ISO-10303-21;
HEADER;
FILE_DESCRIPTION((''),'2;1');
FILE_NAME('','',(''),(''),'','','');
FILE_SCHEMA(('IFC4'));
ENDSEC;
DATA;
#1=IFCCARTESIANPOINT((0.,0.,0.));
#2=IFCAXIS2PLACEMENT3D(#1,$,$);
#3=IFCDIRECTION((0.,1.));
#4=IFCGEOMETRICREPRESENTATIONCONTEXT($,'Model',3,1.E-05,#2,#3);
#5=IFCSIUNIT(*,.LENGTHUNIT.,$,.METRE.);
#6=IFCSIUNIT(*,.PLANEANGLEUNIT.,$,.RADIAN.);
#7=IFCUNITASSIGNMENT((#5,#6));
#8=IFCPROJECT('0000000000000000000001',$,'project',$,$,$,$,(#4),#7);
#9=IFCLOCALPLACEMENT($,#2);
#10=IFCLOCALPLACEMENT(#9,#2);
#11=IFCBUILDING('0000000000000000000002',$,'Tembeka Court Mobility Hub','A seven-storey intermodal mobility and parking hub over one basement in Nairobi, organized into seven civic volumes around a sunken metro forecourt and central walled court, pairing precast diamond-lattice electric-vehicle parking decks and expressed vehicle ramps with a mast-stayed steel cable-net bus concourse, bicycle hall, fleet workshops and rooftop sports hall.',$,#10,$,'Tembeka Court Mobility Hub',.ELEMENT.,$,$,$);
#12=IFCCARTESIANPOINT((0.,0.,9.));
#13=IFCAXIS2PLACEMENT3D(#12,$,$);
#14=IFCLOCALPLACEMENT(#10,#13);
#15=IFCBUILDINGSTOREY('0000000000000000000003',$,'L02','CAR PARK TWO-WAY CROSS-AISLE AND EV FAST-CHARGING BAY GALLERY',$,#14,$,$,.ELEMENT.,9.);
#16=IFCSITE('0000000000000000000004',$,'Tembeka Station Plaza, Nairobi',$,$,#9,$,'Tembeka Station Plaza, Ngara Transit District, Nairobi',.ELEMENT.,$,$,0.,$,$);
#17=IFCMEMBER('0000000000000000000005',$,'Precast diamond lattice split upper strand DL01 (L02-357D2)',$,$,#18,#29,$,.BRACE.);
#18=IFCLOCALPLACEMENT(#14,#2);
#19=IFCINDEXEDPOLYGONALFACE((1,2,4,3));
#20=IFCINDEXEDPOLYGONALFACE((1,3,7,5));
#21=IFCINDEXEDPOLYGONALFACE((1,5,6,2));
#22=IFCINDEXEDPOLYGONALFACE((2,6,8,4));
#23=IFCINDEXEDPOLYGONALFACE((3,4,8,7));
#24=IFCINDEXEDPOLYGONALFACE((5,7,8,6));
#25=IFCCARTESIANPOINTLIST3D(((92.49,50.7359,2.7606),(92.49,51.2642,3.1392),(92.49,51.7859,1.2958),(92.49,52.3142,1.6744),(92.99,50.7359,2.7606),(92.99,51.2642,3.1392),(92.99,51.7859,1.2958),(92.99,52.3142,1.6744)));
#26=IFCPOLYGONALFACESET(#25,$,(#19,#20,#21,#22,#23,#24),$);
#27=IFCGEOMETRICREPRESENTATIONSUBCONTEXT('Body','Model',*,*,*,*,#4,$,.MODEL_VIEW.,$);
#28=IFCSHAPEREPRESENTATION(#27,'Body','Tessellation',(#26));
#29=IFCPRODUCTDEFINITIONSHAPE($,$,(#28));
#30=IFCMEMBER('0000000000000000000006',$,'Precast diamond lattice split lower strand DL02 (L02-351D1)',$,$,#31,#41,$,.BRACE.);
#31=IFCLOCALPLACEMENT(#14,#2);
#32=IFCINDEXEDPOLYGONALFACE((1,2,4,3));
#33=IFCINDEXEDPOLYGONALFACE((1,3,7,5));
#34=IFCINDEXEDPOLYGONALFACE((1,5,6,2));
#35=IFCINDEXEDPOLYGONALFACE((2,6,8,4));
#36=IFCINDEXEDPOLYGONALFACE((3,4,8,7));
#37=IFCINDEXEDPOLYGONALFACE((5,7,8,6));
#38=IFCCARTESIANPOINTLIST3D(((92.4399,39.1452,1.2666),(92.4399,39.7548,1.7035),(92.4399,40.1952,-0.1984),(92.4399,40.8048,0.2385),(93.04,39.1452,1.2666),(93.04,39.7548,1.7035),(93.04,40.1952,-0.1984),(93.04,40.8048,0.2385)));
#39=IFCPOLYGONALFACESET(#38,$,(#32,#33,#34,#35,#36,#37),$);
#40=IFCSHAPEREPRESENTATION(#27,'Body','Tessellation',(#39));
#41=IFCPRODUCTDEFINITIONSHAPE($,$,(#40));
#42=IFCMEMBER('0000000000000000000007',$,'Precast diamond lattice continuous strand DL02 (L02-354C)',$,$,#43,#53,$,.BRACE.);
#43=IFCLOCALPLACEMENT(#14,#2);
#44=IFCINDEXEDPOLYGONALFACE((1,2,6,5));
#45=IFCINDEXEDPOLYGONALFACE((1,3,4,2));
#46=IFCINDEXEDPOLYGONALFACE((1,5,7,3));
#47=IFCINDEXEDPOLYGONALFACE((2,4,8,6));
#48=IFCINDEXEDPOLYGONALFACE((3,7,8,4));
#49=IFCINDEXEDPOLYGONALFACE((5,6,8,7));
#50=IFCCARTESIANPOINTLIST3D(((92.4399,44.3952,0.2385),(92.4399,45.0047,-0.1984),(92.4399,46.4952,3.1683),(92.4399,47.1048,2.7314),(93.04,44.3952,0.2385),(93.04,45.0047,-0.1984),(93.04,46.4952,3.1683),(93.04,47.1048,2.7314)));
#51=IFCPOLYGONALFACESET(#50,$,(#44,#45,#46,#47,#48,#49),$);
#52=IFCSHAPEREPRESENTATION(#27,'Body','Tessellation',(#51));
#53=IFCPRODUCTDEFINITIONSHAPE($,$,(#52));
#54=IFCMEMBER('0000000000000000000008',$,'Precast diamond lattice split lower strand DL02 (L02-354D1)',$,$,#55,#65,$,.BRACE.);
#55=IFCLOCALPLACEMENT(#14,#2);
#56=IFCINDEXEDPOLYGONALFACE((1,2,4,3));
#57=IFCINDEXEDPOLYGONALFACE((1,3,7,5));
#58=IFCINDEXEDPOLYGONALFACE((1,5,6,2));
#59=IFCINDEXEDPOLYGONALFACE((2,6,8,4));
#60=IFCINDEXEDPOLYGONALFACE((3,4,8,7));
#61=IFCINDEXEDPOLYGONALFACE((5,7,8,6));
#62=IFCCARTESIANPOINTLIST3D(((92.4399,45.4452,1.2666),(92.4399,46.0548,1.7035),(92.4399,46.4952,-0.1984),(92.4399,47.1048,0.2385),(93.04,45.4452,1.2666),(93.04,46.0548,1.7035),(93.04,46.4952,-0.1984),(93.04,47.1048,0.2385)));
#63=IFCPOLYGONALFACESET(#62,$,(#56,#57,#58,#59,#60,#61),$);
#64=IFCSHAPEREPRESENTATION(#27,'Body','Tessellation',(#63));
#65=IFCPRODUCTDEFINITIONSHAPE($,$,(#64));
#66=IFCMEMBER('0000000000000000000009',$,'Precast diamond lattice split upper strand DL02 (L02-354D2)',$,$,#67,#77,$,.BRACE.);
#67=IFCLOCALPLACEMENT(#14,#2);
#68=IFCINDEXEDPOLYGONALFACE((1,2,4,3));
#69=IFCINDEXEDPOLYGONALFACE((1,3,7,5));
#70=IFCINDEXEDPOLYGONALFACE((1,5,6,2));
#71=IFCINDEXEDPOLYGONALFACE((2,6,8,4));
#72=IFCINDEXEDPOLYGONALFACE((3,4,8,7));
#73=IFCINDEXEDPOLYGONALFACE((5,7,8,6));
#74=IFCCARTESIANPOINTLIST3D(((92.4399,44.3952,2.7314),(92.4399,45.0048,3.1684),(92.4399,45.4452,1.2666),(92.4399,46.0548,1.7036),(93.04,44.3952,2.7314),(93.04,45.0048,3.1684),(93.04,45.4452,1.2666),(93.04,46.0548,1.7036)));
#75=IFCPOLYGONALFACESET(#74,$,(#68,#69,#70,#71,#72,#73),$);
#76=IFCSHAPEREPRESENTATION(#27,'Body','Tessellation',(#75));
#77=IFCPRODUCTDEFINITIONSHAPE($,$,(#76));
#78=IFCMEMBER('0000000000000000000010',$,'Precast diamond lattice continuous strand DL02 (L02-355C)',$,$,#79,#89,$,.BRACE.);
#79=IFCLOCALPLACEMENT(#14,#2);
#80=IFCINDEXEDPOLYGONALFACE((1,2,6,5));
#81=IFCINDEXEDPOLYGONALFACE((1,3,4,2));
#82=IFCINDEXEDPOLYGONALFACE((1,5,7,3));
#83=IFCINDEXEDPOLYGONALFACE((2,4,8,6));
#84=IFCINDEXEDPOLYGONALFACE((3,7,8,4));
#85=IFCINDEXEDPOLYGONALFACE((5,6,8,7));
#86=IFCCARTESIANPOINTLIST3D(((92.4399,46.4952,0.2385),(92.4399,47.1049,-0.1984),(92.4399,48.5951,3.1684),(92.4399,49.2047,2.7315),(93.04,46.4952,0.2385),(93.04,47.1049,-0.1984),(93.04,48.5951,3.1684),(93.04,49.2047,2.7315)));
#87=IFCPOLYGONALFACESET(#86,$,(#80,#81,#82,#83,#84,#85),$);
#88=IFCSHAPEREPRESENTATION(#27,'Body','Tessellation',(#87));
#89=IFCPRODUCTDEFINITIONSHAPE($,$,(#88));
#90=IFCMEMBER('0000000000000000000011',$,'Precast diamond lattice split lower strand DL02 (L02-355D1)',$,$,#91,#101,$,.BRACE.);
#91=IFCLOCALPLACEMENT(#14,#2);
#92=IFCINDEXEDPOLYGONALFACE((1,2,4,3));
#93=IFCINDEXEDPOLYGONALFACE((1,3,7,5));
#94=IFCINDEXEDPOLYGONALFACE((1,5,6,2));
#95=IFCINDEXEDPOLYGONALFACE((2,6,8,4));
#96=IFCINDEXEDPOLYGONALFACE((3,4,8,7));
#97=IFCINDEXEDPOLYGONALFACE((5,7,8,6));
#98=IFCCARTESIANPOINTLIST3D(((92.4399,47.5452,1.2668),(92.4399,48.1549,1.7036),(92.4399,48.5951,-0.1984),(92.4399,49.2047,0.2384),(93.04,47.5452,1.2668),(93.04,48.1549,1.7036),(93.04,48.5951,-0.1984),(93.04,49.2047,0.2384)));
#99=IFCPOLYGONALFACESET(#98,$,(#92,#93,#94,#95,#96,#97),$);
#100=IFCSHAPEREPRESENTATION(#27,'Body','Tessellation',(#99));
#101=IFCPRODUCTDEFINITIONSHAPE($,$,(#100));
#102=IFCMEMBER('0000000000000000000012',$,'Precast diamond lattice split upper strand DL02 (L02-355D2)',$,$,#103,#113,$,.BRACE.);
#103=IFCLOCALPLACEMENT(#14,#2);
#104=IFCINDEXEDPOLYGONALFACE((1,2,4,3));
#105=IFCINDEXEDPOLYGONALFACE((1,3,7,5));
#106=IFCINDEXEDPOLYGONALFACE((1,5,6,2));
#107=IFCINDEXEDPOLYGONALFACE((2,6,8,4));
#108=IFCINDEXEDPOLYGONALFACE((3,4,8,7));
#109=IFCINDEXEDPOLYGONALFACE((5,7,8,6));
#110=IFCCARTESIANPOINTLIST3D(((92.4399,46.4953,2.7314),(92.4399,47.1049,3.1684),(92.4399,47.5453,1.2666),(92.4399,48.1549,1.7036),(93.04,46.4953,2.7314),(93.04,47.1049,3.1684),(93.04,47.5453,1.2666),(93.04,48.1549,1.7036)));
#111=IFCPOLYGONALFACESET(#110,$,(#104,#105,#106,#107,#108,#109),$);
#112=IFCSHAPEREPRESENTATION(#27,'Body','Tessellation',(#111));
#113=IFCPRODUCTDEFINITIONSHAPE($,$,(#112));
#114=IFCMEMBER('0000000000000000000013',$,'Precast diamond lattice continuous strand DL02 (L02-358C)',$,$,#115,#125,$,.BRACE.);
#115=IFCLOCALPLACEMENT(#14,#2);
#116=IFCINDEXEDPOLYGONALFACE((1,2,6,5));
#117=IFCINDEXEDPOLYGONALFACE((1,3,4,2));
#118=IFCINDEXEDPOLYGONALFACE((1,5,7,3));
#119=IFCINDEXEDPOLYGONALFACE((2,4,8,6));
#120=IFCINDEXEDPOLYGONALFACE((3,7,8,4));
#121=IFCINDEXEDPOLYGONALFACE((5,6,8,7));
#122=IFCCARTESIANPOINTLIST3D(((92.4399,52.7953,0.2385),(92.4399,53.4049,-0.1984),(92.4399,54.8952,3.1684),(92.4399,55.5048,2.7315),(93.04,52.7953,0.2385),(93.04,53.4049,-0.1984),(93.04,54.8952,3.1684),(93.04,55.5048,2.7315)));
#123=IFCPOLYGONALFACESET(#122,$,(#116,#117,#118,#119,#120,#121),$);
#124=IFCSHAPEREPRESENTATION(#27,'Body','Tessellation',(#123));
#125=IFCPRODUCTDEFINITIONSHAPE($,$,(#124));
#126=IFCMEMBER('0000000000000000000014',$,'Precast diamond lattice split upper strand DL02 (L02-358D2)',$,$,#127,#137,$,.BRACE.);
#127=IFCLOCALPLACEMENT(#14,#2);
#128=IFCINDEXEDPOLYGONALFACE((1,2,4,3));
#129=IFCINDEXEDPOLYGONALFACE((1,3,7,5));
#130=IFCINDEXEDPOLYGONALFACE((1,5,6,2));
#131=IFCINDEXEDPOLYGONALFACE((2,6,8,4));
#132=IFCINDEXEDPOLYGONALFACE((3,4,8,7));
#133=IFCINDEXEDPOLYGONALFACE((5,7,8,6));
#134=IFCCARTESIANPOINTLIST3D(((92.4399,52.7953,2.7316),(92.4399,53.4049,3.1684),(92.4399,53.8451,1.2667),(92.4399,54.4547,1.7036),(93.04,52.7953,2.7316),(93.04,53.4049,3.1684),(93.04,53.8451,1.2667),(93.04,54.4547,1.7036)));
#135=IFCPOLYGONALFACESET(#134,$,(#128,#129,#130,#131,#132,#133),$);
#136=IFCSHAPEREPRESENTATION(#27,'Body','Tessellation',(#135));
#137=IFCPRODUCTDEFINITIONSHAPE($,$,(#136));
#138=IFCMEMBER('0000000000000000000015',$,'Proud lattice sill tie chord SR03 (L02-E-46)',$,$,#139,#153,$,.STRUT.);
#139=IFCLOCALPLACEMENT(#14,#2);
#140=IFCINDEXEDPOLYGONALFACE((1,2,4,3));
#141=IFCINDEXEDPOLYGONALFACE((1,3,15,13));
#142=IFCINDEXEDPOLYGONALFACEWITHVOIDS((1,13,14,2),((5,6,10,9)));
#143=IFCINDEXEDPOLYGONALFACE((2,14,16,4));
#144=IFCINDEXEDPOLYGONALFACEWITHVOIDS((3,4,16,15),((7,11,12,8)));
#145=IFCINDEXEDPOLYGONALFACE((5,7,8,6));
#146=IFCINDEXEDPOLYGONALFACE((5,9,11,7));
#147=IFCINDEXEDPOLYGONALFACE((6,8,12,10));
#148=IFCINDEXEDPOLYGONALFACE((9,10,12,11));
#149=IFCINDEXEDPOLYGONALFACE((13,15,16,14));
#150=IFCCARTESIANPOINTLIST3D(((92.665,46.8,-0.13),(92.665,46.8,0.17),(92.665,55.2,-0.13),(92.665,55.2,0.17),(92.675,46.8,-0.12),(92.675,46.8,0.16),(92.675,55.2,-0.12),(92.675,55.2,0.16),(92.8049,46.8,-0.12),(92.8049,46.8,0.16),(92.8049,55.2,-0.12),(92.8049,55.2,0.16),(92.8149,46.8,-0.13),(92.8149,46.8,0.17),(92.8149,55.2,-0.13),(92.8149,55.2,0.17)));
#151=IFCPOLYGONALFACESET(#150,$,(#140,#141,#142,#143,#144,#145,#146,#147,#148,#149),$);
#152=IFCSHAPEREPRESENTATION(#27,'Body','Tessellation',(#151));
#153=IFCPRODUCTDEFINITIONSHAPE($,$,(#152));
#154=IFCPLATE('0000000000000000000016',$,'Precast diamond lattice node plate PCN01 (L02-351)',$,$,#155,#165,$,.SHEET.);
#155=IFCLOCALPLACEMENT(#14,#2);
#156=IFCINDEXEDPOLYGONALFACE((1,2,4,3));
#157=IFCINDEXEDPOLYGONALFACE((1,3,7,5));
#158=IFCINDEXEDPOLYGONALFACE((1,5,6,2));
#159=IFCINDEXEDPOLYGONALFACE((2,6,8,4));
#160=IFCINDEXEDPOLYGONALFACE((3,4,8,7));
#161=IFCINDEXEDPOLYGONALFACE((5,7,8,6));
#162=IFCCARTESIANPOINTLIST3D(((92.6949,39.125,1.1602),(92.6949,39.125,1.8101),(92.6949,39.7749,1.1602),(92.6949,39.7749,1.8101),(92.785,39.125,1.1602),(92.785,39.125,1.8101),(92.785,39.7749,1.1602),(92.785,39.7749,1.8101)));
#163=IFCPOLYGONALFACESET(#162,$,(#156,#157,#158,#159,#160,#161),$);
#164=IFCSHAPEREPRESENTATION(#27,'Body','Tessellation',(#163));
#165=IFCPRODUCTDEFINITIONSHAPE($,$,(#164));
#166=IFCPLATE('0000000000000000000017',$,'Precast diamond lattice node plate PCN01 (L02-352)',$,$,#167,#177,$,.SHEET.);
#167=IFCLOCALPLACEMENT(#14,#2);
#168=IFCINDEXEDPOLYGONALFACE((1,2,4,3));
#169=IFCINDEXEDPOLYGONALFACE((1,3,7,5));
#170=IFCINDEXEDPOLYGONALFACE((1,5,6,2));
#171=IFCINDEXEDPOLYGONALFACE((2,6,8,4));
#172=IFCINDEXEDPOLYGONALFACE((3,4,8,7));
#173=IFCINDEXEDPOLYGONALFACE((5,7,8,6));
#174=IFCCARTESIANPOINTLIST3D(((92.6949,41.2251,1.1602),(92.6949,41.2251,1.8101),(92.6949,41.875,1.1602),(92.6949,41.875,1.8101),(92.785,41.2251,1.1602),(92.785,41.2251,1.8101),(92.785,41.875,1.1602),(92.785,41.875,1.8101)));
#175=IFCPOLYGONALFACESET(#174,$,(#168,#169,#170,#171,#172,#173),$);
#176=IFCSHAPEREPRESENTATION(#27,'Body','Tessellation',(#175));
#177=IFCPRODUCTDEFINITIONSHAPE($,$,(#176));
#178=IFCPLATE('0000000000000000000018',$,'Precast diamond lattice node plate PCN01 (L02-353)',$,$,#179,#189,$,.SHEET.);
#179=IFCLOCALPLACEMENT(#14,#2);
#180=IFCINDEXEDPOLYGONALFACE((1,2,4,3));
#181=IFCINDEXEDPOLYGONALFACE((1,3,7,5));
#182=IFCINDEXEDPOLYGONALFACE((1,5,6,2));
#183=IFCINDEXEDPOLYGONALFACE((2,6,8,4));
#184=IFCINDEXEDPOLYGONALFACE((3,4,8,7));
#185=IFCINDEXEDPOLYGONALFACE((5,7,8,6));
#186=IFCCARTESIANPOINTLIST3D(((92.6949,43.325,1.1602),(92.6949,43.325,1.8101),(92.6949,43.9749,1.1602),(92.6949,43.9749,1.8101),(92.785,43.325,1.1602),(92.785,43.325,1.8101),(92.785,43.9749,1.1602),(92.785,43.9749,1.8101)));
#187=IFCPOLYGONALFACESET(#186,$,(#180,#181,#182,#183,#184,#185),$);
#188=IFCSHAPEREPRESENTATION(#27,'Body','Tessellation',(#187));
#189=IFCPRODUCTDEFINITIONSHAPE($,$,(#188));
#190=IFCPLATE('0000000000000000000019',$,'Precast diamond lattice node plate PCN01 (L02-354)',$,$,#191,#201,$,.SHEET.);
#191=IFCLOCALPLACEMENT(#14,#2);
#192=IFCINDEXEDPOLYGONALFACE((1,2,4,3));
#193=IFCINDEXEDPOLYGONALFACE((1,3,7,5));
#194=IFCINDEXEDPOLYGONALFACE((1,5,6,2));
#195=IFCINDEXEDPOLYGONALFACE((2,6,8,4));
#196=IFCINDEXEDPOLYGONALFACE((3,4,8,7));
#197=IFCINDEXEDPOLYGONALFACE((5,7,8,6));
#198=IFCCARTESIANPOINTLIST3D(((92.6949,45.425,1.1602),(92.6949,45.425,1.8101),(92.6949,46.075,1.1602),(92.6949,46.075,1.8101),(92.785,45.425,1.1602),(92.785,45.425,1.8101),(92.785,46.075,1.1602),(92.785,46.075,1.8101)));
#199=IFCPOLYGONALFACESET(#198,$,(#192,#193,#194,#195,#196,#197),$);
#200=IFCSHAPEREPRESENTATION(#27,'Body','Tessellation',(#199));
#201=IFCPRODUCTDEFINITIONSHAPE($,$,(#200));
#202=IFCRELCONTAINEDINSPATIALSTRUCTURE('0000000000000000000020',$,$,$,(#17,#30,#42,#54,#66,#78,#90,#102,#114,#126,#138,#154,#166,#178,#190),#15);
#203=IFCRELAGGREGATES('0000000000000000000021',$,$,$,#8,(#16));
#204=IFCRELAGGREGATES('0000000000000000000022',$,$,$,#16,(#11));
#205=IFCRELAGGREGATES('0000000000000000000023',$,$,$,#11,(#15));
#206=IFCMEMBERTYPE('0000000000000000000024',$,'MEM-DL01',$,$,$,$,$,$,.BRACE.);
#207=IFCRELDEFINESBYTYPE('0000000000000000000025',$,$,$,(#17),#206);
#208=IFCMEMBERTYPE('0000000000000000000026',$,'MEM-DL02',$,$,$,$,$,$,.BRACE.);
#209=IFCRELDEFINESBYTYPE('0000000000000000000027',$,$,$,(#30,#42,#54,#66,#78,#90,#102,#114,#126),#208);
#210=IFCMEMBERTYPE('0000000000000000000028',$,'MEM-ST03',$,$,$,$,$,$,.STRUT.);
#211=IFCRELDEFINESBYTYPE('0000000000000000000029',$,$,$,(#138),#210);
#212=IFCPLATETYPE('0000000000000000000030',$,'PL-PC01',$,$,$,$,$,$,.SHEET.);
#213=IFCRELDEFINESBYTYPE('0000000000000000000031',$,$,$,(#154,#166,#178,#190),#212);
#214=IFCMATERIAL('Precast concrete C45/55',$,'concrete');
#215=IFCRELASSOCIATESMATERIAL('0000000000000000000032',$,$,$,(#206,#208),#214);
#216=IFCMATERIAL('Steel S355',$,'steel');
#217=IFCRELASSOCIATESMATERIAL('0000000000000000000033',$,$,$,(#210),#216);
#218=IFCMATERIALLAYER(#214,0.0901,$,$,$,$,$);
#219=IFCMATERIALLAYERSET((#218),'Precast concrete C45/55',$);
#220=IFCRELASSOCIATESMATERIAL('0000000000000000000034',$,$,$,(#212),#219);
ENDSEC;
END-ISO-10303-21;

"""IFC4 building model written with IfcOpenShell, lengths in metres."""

from ifc_helpers import new_model, si_unit, direction, frame, origin, origin_2d, place, context, subcontext, project, spatial, rectangle, hollow_rectangle, extrude, material, layer, layer_set, material_profile, profile_set, type_object, element, save


model = new_model("IFC4")

# Units and contexts
model_context = context("Model", 3, precision=1e-05, world=origin(), true_north=direction((0.0, 1.0)))
body_context = subcontext(model_context, "Body", "Model", "MODEL_VIEW")
ifc_project = project(units=[si_unit("LENGTHUNIT", "METRE"), si_unit("PLANEANGLEUNIT", "RADIAN")], contexts=[model_context])

# Site, building, storey
site_placement = place(None, origin())
site = spatial("IfcSite", under=ifc_project, at=site_placement, Name="Tembeka Station Plaza, Nairobi", LongName="Tembeka Station Plaza, Ngara Transit District, Nairobi", CompositionType="ELEMENT", RefElevation=0.0)
building_placement = place(site_placement, origin())
building = spatial("IfcBuilding", under=site, at=building_placement, Name="Tembeka Court Mobility Hub", Description="A seven-storey intermodal mobility and parking hub over one basement in Nairobi, organized into seven civic volumes around a sunken metro forecourt and central walled court, pairing precast diamond-lattice electric-vehicle parking decks and expressed vehicle ramps with a mast-stayed steel cable-net bus concourse, bicycle hall, fleet workshops and rooftop sports hall.", LongName="Tembeka Court Mobility Hub", CompositionType="ELEMENT")
storey_placement = place(building_placement, frame((0.0, 0.0, 9.0)))
storey = spatial("IfcBuildingStorey", under=building, at=storey_placement, Name="L02", Description="CAR PARK TWO-WAY CROSS-AISLE AND EV FAST-CHARGING BAY GALLERY", CompositionType="ELEMENT", Elevation=9.0)

# Shared definitions
ifc_material_1 = material(Name="Steel S355", Category="steel")

# Members
ifc_material_2 = material(Name="Precast concrete C45/55", Category="concrete")
ifc_material_profile_1 = material_profile(ifc_material_2, rectangle(XDim=0.5, YDim=0.6499, at=origin_2d()), Name="PC-DIAG 500x650")
ifc_profile_set_1 = profile_set([ifc_material_profile_1], Name="Precast concrete C45/55")
member_type_1 = type_object("IfcMemberType", Name="MEM-DL01", PredefinedType="BRACE", material=ifc_profile_set_1)
member_1_placement = place(storey_placement, frame((92.74, 52.05, 1.4851), z_axis=(0.0, -0.582608, 0.812753), x_axis=(1.0, 0.0, 0.0)))
element("IfcMember", 1, at=member_1_placement, inside=storey, type_object=member_type_1, Name="Precast diamond lattice split upper strand DL01 (L02-357D2)", PredefinedType="BRACE", context=body_context, shape_type="SweptSolid", body=[
    extrude(rectangle(XDim=0.5, YDim=0.6499, at=origin_2d()), origin(), (0.0, 0.0, 1.0), 1.8022),
])
ifc_material_profile_2 = material_profile(ifc_material_2, rectangle(XDim=0.6001, YDim=0.75, at=origin_2d()), Name="PC-DIAG 600x750")
ifc_profile_set_2 = profile_set([ifc_material_profile_2], Name="Precast concrete C45/55")
member_type_2 = type_object("IfcMemberType", Name="MEM-DL02", PredefinedType="BRACE", material=ifc_profile_set_2)
member_2_placement = place(storey_placement, frame((92.74, 40.5, 0.02), z_axis=(0.0, -0.582544, 0.812799), x_axis=(1.0, 0.0, 0.0)))
element("IfcMember", 2, at=member_2_placement, inside=storey, type_object=member_type_2, Name="Precast diamond lattice split lower strand DL02 (L02-351D1)", PredefinedType="BRACE", context=body_context, shape_type="SweptSolid", body=[
    extrude(rectangle(XDim=0.6001, YDim=0.75, at=origin_2d()), origin(), (0.0, 0.0, 1.0), 1.8025),
])
member_3_placement = place(storey_placement, frame((92.74, 44.7, 0.02), z_axis=(0.0, 0.582576, 0.812776), x_axis=(-1.0, 0.0, 0.0)))
element("IfcMember", 3, at=member_3_placement, inside=storey, type_object=member_type_2, Name="Precast diamond lattice continuous strand DL02 (L02-354C)", PredefinedType="BRACE", context=body_context, shape_type="SweptSolid", body=[
    extrude(rectangle(XDim=0.6001, YDim=0.75, at=origin_2d()), origin(), (0.0, 0.0, 1.0), 3.6047),
])
member_4_placement = place(storey_placement, frame((92.74, 46.8, 0.02), z_axis=(0.0, -0.582544, 0.812799), x_axis=(1.0, 0.0, 0.0)))
element("IfcMember", 4, at=member_4_placement, inside=storey, type_object=member_type_2, Name="Precast diamond lattice split lower strand DL02 (L02-354D1)", PredefinedType="BRACE", context=body_context, shape_type="SweptSolid", body=[
    extrude(rectangle(XDim=0.6001, YDim=0.75, at=origin_2d()), origin(), (0.0, 0.0, 1.0), 1.8025),
])
member_5_placement = place(storey_placement, frame((92.74, 45.75, 1.4851), z_axis=(0.0, -0.582608, 0.812753), x_axis=(1.0, 0.0, 0.0)))
element("IfcMember", 5, at=member_5_placement, inside=storey, type_object=member_type_2, Name="Precast diamond lattice split upper strand DL02 (L02-354D2)", PredefinedType="BRACE", context=body_context, shape_type="SweptSolid", body=[
    extrude(rectangle(XDim=0.6001, YDim=0.75, at=origin_2d()), origin(), (0.0, 0.0, 1.0), 1.8022),
])
member_6_placement = place(storey_placement, frame((92.74, 46.8, 0.02), z_axis=(0.0, 0.582532, 0.812808), x_axis=(-1.0, 0.0, 0.0)))
element("IfcMember", 6, at=member_6_placement, inside=storey, type_object=member_type_2, Name="Precast diamond lattice continuous strand DL02 (L02-355C)", PredefinedType="BRACE", context=body_context, shape_type="SweptSolid", body=[
    extrude(rectangle(XDim=0.6001, YDim=0.75, at=origin_2d()), origin(), (0.0, 0.0, 1.0), 3.6047),
])
member_7_placement = place(storey_placement, frame((92.74, 48.8999, 0.02), z_axis=(0.0, -0.582455, 0.812863), x_axis=(1.0, 0.0, 0.0)))
element("IfcMember", 7, at=member_7_placement, inside=storey, type_object=member_type_2, Name="Precast diamond lattice split lower strand DL02 (L02-355D1)", PredefinedType="BRACE", context=body_context, shape_type="SweptSolid", body=[
    extrude(rectangle(XDim=0.6001, YDim=0.75, at=origin_2d()), origin(), (0.0, 0.0, 1.0), 1.8025),
])
member_8_placement = place(storey_placement, frame((92.74, 47.8501, 1.4851), z_axis=(0.0, -0.582608, 0.812753), x_axis=(1.0, 0.0, 0.0)))
element("IfcMember", 8, at=member_8_placement, inside=storey, type_object=member_type_2, Name="Precast diamond lattice split upper strand DL02 (L02-355D2)", PredefinedType="BRACE", context=body_context, shape_type="SweptSolid", body=[
    extrude(rectangle(XDim=0.6001, YDim=0.75, at=origin_2d()), origin(), (0.0, 0.0, 1.0), 1.8022),
])
member_9_placement = place(storey_placement, frame((92.74, 53.1001, 0.02), z_axis=(0.0, 0.582532, 0.812808), x_axis=(-1.0, 0.0, 0.0)))
element("IfcMember", 9, at=member_9_placement, inside=storey, type_object=member_type_2, Name="Precast diamond lattice continuous strand DL02 (L02-358C)", PredefinedType="BRACE", context=body_context, shape_type="SweptSolid", body=[
    extrude(rectangle(XDim=0.6001, YDim=0.75, at=origin_2d()), origin(), (0.0, 0.0, 1.0), 3.6047),
])
member_10_placement = place(storey_placement, frame((92.74, 54.1499, 1.4851), z_axis=(0.0, -0.582519, 0.812817), x_axis=(1.0, 0.0, 0.0)))
element("IfcMember", 10, at=member_10_placement, inside=storey, type_object=member_type_2, Name="Precast diamond lattice split upper strand DL02 (L02-358D2)", PredefinedType="BRACE", context=body_context, shape_type="SweptSolid", body=[
    extrude(rectangle(XDim=0.6001, YDim=0.75, at=origin_2d()), origin(), (0.0, 0.0, 1.0), 1.8022),
])
ifc_material_profile_3 = material_profile(ifc_material_1, hollow_rectangle(XDim=0.1499, YDim=0.3, WallThickness=0.01, at=origin_2d()), Name="RHS 300x150x10")
ifc_profile_set_3 = profile_set([ifc_material_profile_3], Name="Steel S355")
member_type_3 = type_object("IfcMemberType", Name="MEM-ST03", PredefinedType="STRUT", material=ifc_profile_set_3)
member_11_placement = place(storey_placement, frame((92.74, 46.8, 0.02), z_axis=(0.0, 1.0, 0.0), x_axis=(-1.0, 0.0, 0.0)))
element("IfcMember", 11, at=member_11_placement, inside=storey, type_object=member_type_3, Name="Proud lattice sill tie chord SR03 (L02-E-46)", PredefinedType="STRUT", context=body_context, shape_type="SweptSolid", body=[
    extrude(hollow_rectangle(XDim=0.1499, YDim=0.3, WallThickness=0.01, at=origin_2d()), origin(), (0.0, 0.0, 1.0), 8.3999),
])

# Plates
ifc_layer_1 = layer(ifc_material_2, 0.0901)
ifc_layer_set_1 = layer_set([ifc_layer_1], Name="Precast concrete C45/55")
plate_type = type_object("IfcPlateType", Name="PL-PC01", PredefinedType="SHEET", material=ifc_layer_set_1)
for number, where, z_axis, x_axis, name in (
    (12, (92.74, 39.45, 1.1602), (0.0, 0.0, 1.0), (1.0, 0.0, 0.0), "Precast diamond lattice node plate PCN01 (L02-351)"),
    (13, (92.74, 41.55, 1.1602), (0.0, 0.0, 1.0), (1.0, 0.0, 0.0), "Precast diamond lattice node plate PCN01 (L02-352)"),
    (14, (92.74, 43.6499, 1.1602), (0.0, 0.0, 1.0), (1.0, 0.0, 0.0), "Precast diamond lattice node plate PCN01 (L02-353)"),
    (15, (92.74, 45.75, 1.1602), (0.0, 0.0, 1.0), (1.0, 0.0, 0.0), "Precast diamond lattice node plate PCN01 (L02-354)"),
):
    element("IfcPlate", number, at=place(storey_placement, frame(where, z_axis=z_axis, x_axis=x_axis)), inside=storey, type_object=plate_type, Name=name, PredefinedType="SHEET", context=body_context, shape_type="SweptSolid", body=[
        extrude(rectangle(XDim=0.0901, YDim=0.6499, at=origin_2d()), origin(), (0.0, 0.0, 1.0), 0.6499),
    ])

save(model, "model.ifc")
